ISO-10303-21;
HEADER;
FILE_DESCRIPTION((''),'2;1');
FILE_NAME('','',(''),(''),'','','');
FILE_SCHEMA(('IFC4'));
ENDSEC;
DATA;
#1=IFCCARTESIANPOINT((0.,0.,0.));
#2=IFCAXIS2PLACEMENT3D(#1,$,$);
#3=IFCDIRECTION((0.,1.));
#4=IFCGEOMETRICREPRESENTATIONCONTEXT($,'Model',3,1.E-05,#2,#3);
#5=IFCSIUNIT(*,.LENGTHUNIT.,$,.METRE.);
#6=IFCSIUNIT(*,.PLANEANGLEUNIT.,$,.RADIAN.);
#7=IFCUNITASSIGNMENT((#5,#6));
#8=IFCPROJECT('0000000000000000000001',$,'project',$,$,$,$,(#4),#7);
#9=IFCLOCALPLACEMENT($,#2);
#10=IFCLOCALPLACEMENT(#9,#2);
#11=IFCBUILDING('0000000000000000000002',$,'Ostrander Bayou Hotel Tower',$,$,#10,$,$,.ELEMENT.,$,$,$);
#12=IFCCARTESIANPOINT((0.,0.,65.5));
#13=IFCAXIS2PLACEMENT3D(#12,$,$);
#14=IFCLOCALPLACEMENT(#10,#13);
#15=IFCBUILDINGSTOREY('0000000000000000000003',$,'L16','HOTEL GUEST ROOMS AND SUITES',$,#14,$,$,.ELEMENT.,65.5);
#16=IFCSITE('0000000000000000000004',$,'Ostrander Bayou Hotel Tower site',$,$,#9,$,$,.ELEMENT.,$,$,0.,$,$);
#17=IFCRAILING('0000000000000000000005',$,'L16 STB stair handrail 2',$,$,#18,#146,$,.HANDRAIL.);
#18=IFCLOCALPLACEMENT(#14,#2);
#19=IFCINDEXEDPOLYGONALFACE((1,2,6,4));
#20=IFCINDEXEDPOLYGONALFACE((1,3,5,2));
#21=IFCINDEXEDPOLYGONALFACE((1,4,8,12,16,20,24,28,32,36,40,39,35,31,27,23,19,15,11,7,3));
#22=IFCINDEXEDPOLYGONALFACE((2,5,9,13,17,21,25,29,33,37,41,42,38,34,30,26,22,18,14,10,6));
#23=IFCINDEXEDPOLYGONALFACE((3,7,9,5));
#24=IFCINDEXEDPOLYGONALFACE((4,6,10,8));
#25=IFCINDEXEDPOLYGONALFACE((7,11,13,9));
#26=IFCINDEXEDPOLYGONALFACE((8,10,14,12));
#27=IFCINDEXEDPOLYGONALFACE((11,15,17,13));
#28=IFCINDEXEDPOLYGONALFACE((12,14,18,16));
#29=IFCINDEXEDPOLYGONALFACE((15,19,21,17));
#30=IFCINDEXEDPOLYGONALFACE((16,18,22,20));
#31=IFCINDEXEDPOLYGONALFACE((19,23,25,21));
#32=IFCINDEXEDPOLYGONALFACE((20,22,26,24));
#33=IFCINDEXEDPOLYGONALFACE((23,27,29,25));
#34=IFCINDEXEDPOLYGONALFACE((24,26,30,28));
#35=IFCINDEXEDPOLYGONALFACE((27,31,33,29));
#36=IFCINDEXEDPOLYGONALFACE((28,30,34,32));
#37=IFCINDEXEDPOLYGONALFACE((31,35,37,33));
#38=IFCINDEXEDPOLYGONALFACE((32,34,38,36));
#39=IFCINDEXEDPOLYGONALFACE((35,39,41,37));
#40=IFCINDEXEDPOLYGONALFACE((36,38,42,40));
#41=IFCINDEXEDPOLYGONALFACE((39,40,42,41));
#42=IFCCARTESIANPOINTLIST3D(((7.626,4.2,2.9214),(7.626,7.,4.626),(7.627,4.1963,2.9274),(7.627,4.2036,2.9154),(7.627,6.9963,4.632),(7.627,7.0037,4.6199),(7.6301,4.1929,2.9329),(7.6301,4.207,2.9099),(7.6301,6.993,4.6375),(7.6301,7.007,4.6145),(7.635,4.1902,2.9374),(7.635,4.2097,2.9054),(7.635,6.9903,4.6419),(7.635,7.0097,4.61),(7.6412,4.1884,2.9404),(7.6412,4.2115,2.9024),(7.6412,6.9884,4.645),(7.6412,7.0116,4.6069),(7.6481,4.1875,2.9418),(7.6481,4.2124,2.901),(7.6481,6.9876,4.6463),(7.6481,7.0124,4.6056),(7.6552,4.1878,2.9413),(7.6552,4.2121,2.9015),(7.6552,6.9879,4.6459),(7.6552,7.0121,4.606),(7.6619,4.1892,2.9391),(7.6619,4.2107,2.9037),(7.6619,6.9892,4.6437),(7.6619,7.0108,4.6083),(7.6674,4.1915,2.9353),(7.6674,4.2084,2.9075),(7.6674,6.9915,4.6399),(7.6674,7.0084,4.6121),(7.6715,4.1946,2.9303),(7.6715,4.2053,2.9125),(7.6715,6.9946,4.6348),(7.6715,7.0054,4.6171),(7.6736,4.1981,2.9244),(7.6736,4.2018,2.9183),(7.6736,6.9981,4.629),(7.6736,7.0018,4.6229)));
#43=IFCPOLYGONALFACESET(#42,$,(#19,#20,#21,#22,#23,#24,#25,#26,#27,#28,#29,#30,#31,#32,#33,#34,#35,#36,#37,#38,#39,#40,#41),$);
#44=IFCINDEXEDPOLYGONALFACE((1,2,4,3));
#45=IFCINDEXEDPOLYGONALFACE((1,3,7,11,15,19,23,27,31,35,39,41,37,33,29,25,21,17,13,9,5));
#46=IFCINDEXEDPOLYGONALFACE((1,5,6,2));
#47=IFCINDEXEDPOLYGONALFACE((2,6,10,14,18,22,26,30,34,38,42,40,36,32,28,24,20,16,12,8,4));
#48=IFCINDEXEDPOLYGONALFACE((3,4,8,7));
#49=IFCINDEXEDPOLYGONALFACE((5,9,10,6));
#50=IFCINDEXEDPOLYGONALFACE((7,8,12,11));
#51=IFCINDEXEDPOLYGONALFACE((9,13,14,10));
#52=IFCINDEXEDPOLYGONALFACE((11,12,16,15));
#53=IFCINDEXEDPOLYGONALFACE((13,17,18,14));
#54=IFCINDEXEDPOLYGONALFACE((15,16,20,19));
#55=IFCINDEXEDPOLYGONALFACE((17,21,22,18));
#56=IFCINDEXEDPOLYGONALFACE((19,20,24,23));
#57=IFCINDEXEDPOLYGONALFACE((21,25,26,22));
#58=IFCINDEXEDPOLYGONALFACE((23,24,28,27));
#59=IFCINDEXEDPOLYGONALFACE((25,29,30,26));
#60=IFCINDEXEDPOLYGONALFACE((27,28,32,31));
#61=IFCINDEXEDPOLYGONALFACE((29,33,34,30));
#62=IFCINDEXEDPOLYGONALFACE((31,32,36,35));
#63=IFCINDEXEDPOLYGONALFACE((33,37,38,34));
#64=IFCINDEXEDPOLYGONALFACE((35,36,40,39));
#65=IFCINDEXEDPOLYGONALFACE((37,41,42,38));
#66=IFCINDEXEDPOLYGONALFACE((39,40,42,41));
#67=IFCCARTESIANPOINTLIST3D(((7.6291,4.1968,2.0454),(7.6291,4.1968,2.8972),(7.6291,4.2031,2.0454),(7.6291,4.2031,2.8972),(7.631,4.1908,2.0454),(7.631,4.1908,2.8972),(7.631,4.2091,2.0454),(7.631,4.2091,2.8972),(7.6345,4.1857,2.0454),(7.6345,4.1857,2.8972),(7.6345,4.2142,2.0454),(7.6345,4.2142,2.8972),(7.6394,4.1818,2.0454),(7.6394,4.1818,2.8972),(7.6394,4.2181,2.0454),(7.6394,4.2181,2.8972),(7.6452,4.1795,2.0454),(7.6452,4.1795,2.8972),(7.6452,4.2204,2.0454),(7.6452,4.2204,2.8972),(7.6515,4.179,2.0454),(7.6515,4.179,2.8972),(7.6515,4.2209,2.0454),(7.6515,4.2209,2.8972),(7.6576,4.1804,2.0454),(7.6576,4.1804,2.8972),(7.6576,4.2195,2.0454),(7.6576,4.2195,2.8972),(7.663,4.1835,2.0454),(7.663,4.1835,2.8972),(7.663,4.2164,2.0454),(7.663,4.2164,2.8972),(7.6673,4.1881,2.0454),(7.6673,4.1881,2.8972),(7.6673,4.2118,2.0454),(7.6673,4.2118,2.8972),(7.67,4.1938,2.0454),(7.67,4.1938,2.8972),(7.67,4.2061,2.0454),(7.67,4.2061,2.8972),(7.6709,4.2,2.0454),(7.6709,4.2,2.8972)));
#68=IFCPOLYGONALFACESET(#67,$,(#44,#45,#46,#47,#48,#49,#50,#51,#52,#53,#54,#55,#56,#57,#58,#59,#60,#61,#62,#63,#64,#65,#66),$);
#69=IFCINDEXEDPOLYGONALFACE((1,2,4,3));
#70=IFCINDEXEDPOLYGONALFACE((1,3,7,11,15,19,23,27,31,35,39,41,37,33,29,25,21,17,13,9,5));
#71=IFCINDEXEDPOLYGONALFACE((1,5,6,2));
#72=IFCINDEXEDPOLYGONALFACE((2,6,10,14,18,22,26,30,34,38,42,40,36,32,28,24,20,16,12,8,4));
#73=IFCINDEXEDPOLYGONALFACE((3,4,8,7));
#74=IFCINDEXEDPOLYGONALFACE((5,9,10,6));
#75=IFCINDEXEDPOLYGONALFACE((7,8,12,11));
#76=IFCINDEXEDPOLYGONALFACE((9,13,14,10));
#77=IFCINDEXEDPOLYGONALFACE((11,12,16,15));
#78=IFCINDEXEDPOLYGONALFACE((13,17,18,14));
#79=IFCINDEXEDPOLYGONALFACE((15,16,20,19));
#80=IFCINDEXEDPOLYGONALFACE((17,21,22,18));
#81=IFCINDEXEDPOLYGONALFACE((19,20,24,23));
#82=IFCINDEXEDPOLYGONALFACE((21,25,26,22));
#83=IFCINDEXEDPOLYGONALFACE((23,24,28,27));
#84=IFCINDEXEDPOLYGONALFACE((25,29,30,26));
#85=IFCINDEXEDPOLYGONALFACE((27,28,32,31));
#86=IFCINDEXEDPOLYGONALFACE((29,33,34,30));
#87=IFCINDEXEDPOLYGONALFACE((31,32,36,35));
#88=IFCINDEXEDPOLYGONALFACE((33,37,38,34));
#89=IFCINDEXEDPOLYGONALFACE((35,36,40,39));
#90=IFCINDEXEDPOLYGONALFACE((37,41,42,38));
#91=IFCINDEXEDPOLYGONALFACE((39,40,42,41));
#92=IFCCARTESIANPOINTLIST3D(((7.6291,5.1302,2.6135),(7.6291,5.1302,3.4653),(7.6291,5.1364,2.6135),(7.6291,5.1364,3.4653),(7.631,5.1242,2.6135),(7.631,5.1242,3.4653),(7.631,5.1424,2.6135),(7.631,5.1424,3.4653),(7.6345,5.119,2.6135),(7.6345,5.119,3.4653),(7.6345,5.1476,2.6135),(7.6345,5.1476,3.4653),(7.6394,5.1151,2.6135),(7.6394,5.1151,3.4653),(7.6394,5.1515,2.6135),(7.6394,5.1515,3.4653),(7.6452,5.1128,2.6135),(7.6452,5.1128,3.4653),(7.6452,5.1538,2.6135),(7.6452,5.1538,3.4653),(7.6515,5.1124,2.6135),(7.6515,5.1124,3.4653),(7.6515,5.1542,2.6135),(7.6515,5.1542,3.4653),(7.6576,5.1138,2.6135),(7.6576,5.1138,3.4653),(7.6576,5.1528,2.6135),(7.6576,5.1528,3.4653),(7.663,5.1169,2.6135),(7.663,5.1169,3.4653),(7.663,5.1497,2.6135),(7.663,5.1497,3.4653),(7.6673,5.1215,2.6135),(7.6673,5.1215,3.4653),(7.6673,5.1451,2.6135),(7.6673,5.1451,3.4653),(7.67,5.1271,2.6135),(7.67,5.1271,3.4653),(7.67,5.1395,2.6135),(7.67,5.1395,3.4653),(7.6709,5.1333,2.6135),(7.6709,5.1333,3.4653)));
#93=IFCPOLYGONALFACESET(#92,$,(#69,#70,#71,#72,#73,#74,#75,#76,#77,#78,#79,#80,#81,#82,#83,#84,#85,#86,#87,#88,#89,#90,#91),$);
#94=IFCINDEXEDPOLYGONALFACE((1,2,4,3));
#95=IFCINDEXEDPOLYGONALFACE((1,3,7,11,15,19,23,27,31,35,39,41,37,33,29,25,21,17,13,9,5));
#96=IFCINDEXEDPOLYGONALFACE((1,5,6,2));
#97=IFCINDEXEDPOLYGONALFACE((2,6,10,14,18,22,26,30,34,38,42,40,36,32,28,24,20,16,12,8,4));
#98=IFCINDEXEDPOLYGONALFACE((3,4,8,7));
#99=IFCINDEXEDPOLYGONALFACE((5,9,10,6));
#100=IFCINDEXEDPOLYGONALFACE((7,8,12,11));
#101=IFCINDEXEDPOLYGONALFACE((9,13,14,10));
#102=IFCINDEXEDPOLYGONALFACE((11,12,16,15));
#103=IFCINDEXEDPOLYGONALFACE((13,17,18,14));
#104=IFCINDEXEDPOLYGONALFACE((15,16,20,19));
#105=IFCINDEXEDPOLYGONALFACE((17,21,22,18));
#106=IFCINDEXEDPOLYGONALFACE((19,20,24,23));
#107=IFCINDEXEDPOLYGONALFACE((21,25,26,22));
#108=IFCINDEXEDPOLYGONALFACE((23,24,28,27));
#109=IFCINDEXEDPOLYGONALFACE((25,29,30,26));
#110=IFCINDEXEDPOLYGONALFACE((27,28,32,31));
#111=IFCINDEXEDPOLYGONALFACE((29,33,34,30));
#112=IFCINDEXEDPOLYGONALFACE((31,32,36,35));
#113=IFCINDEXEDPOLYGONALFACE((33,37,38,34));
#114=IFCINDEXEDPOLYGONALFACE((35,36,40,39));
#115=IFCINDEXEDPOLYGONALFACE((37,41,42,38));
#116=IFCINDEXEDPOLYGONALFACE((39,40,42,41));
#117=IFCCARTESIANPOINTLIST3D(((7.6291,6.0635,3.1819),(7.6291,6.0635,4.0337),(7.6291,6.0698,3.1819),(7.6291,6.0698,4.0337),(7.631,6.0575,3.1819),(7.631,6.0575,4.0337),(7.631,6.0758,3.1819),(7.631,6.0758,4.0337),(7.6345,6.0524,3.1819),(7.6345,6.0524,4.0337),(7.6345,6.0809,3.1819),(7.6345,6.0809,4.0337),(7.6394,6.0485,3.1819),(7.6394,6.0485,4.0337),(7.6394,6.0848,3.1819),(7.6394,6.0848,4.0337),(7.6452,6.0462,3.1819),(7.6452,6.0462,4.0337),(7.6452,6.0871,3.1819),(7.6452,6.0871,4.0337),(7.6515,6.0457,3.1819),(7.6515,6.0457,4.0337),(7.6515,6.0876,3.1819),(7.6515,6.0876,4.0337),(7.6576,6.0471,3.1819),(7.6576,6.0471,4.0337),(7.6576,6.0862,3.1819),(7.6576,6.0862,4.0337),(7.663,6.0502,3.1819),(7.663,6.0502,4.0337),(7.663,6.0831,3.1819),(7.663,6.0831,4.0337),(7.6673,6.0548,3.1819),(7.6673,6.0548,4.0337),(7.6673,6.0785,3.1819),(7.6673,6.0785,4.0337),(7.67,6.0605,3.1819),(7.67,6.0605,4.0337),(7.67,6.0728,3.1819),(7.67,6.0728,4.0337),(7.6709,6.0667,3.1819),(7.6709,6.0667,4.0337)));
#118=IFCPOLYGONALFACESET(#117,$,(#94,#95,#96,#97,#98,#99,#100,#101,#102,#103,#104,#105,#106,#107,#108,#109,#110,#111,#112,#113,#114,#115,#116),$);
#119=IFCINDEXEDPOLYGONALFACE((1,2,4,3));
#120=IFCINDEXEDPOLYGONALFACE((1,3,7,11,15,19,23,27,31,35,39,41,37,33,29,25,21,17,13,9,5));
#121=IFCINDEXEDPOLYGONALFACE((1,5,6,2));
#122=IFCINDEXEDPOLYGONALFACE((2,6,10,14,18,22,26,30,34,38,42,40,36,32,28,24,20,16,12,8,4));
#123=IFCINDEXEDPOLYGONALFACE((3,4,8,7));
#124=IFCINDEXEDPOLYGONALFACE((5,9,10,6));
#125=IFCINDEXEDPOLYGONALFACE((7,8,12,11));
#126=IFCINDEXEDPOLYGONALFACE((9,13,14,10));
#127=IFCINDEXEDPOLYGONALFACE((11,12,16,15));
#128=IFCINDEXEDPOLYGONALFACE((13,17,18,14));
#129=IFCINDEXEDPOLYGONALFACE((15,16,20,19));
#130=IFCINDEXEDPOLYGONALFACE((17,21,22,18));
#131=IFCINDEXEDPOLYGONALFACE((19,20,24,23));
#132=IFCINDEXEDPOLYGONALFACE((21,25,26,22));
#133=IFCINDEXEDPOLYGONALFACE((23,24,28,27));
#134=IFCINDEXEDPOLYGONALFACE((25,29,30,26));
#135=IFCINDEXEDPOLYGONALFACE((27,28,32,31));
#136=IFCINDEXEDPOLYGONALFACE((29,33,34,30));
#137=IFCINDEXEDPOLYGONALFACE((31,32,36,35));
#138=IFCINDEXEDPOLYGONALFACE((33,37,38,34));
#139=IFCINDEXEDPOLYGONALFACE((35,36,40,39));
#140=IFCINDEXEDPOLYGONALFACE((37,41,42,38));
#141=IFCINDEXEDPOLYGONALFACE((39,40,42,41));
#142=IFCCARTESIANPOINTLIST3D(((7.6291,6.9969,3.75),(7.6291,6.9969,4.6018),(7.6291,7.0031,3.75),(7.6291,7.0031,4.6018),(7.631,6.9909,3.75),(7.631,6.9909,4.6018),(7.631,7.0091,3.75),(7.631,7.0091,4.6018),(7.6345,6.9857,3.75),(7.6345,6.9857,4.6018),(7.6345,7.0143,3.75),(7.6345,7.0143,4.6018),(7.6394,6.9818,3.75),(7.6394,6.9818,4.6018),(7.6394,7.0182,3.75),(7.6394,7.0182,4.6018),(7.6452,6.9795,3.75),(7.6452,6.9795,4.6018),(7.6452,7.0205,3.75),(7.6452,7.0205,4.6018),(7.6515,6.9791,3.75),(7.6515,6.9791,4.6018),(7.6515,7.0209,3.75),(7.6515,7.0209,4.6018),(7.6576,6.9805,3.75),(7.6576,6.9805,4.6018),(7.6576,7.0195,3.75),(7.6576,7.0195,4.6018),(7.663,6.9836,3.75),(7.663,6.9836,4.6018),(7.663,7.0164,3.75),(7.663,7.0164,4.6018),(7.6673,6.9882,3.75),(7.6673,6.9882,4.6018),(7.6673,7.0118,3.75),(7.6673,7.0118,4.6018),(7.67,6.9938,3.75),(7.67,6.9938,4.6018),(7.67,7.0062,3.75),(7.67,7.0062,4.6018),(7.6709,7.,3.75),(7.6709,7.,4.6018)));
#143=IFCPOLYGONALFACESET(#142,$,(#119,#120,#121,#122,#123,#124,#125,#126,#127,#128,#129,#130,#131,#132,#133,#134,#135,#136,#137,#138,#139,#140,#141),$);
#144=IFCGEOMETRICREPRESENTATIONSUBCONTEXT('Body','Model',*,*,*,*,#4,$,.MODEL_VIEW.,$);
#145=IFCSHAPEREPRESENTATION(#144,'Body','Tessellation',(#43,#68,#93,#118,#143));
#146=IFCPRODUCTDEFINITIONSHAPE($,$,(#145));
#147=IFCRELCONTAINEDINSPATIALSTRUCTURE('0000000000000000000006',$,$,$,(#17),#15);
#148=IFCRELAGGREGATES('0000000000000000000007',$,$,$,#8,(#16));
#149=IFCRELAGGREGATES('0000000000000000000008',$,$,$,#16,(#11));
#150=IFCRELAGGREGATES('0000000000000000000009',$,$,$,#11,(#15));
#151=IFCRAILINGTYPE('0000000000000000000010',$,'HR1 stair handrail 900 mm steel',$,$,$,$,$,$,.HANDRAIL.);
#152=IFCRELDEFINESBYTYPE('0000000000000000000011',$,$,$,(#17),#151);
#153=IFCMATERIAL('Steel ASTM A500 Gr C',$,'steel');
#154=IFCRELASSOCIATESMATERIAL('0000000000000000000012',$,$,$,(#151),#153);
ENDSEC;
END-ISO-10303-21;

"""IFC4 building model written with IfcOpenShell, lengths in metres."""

from ifc_helpers import new_model, si_unit, direction, frame, origin, origin_2d, place, context, subcontext, project, spatial, circle, extrude, material, type_object, element, save


model = new_model("IFC4")

# Units and contexts
model_context = context("Model", 3, precision=1e-05, world=origin(), true_north=direction((0.0, 1.0)))
body_context = subcontext(model_context, "Body", "Model", "MODEL_VIEW")
ifc_project = project(units=[si_unit("LENGTHUNIT", "METRE"), si_unit("PLANEANGLEUNIT", "RADIAN")], contexts=[model_context])

# Site, building, storey
site_placement = place(None, origin())
site = spatial("IfcSite", under=ifc_project, at=site_placement, Name="Ostrander Bayou Hotel Tower site", CompositionType="ELEMENT", RefElevation=0.0)
building_placement = place(site_placement, origin())
building = spatial("IfcBuilding", under=site, at=building_placement, Name="Ostrander Bayou Hotel Tower", CompositionType="ELEMENT")
storey_placement = place(building_placement, frame((0.0, 0.0, 65.5)))
storey = spatial("IfcBuildingStorey", under=building, at=storey_placement, Name="L16", Description="HOTEL GUEST ROOMS AND SUITES", CompositionType="ELEMENT", Elevation=65.5)

# Railing
ifc_material_1 = material(Name="Steel ASTM A500 Gr C", Category="steel")
railing_type_1 = type_object("IfcRailingType", Name="HR1 stair handrail 900 mm steel", PredefinedType="HANDRAIL", material=ifc_material_1)
railing_1_placement = place(storey_placement, frame((7.6499, 4.2, 2.0454)))
element("IfcRailing", 1, at=railing_1_placement, inside=storey, type_object=railing_type_1, Name="L16 STB stair handrail 2", PredefinedType="HANDRAIL", context=body_context, shape_type="SweptSolid", body=[
    extrude(circle(Radius=0.0239, at=origin_2d()), frame((0.0, 0.0, 0.876), z_axis=(0.0, 0.85417, 0.519994), x_axis=(-1.0, 0.0, 0.0)), (0.0, 0.0, 1.0), 3.2781),
    extrude(circle(Radius=0.021, at=origin_2d()), origin(), (0.0, 0.0, 1.0), 0.8518),
    extrude(circle(Radius=0.021, at=origin_2d()), frame((0.0, 0.9333, 0.5681)), (0.0, 0.0, 1.0), 0.8518),
    extrude(circle(Radius=0.021, at=origin_2d()), frame((0.0, 1.8667, 1.1365)), (0.0, 0.0, 1.0), 0.8518),
    extrude(circle(Radius=0.021, at=origin_2d()), frame((0.0, 2.8, 1.7046)), (0.0, 0.0, 1.0), 0.8518),
])

save(model, "model.ifc")
